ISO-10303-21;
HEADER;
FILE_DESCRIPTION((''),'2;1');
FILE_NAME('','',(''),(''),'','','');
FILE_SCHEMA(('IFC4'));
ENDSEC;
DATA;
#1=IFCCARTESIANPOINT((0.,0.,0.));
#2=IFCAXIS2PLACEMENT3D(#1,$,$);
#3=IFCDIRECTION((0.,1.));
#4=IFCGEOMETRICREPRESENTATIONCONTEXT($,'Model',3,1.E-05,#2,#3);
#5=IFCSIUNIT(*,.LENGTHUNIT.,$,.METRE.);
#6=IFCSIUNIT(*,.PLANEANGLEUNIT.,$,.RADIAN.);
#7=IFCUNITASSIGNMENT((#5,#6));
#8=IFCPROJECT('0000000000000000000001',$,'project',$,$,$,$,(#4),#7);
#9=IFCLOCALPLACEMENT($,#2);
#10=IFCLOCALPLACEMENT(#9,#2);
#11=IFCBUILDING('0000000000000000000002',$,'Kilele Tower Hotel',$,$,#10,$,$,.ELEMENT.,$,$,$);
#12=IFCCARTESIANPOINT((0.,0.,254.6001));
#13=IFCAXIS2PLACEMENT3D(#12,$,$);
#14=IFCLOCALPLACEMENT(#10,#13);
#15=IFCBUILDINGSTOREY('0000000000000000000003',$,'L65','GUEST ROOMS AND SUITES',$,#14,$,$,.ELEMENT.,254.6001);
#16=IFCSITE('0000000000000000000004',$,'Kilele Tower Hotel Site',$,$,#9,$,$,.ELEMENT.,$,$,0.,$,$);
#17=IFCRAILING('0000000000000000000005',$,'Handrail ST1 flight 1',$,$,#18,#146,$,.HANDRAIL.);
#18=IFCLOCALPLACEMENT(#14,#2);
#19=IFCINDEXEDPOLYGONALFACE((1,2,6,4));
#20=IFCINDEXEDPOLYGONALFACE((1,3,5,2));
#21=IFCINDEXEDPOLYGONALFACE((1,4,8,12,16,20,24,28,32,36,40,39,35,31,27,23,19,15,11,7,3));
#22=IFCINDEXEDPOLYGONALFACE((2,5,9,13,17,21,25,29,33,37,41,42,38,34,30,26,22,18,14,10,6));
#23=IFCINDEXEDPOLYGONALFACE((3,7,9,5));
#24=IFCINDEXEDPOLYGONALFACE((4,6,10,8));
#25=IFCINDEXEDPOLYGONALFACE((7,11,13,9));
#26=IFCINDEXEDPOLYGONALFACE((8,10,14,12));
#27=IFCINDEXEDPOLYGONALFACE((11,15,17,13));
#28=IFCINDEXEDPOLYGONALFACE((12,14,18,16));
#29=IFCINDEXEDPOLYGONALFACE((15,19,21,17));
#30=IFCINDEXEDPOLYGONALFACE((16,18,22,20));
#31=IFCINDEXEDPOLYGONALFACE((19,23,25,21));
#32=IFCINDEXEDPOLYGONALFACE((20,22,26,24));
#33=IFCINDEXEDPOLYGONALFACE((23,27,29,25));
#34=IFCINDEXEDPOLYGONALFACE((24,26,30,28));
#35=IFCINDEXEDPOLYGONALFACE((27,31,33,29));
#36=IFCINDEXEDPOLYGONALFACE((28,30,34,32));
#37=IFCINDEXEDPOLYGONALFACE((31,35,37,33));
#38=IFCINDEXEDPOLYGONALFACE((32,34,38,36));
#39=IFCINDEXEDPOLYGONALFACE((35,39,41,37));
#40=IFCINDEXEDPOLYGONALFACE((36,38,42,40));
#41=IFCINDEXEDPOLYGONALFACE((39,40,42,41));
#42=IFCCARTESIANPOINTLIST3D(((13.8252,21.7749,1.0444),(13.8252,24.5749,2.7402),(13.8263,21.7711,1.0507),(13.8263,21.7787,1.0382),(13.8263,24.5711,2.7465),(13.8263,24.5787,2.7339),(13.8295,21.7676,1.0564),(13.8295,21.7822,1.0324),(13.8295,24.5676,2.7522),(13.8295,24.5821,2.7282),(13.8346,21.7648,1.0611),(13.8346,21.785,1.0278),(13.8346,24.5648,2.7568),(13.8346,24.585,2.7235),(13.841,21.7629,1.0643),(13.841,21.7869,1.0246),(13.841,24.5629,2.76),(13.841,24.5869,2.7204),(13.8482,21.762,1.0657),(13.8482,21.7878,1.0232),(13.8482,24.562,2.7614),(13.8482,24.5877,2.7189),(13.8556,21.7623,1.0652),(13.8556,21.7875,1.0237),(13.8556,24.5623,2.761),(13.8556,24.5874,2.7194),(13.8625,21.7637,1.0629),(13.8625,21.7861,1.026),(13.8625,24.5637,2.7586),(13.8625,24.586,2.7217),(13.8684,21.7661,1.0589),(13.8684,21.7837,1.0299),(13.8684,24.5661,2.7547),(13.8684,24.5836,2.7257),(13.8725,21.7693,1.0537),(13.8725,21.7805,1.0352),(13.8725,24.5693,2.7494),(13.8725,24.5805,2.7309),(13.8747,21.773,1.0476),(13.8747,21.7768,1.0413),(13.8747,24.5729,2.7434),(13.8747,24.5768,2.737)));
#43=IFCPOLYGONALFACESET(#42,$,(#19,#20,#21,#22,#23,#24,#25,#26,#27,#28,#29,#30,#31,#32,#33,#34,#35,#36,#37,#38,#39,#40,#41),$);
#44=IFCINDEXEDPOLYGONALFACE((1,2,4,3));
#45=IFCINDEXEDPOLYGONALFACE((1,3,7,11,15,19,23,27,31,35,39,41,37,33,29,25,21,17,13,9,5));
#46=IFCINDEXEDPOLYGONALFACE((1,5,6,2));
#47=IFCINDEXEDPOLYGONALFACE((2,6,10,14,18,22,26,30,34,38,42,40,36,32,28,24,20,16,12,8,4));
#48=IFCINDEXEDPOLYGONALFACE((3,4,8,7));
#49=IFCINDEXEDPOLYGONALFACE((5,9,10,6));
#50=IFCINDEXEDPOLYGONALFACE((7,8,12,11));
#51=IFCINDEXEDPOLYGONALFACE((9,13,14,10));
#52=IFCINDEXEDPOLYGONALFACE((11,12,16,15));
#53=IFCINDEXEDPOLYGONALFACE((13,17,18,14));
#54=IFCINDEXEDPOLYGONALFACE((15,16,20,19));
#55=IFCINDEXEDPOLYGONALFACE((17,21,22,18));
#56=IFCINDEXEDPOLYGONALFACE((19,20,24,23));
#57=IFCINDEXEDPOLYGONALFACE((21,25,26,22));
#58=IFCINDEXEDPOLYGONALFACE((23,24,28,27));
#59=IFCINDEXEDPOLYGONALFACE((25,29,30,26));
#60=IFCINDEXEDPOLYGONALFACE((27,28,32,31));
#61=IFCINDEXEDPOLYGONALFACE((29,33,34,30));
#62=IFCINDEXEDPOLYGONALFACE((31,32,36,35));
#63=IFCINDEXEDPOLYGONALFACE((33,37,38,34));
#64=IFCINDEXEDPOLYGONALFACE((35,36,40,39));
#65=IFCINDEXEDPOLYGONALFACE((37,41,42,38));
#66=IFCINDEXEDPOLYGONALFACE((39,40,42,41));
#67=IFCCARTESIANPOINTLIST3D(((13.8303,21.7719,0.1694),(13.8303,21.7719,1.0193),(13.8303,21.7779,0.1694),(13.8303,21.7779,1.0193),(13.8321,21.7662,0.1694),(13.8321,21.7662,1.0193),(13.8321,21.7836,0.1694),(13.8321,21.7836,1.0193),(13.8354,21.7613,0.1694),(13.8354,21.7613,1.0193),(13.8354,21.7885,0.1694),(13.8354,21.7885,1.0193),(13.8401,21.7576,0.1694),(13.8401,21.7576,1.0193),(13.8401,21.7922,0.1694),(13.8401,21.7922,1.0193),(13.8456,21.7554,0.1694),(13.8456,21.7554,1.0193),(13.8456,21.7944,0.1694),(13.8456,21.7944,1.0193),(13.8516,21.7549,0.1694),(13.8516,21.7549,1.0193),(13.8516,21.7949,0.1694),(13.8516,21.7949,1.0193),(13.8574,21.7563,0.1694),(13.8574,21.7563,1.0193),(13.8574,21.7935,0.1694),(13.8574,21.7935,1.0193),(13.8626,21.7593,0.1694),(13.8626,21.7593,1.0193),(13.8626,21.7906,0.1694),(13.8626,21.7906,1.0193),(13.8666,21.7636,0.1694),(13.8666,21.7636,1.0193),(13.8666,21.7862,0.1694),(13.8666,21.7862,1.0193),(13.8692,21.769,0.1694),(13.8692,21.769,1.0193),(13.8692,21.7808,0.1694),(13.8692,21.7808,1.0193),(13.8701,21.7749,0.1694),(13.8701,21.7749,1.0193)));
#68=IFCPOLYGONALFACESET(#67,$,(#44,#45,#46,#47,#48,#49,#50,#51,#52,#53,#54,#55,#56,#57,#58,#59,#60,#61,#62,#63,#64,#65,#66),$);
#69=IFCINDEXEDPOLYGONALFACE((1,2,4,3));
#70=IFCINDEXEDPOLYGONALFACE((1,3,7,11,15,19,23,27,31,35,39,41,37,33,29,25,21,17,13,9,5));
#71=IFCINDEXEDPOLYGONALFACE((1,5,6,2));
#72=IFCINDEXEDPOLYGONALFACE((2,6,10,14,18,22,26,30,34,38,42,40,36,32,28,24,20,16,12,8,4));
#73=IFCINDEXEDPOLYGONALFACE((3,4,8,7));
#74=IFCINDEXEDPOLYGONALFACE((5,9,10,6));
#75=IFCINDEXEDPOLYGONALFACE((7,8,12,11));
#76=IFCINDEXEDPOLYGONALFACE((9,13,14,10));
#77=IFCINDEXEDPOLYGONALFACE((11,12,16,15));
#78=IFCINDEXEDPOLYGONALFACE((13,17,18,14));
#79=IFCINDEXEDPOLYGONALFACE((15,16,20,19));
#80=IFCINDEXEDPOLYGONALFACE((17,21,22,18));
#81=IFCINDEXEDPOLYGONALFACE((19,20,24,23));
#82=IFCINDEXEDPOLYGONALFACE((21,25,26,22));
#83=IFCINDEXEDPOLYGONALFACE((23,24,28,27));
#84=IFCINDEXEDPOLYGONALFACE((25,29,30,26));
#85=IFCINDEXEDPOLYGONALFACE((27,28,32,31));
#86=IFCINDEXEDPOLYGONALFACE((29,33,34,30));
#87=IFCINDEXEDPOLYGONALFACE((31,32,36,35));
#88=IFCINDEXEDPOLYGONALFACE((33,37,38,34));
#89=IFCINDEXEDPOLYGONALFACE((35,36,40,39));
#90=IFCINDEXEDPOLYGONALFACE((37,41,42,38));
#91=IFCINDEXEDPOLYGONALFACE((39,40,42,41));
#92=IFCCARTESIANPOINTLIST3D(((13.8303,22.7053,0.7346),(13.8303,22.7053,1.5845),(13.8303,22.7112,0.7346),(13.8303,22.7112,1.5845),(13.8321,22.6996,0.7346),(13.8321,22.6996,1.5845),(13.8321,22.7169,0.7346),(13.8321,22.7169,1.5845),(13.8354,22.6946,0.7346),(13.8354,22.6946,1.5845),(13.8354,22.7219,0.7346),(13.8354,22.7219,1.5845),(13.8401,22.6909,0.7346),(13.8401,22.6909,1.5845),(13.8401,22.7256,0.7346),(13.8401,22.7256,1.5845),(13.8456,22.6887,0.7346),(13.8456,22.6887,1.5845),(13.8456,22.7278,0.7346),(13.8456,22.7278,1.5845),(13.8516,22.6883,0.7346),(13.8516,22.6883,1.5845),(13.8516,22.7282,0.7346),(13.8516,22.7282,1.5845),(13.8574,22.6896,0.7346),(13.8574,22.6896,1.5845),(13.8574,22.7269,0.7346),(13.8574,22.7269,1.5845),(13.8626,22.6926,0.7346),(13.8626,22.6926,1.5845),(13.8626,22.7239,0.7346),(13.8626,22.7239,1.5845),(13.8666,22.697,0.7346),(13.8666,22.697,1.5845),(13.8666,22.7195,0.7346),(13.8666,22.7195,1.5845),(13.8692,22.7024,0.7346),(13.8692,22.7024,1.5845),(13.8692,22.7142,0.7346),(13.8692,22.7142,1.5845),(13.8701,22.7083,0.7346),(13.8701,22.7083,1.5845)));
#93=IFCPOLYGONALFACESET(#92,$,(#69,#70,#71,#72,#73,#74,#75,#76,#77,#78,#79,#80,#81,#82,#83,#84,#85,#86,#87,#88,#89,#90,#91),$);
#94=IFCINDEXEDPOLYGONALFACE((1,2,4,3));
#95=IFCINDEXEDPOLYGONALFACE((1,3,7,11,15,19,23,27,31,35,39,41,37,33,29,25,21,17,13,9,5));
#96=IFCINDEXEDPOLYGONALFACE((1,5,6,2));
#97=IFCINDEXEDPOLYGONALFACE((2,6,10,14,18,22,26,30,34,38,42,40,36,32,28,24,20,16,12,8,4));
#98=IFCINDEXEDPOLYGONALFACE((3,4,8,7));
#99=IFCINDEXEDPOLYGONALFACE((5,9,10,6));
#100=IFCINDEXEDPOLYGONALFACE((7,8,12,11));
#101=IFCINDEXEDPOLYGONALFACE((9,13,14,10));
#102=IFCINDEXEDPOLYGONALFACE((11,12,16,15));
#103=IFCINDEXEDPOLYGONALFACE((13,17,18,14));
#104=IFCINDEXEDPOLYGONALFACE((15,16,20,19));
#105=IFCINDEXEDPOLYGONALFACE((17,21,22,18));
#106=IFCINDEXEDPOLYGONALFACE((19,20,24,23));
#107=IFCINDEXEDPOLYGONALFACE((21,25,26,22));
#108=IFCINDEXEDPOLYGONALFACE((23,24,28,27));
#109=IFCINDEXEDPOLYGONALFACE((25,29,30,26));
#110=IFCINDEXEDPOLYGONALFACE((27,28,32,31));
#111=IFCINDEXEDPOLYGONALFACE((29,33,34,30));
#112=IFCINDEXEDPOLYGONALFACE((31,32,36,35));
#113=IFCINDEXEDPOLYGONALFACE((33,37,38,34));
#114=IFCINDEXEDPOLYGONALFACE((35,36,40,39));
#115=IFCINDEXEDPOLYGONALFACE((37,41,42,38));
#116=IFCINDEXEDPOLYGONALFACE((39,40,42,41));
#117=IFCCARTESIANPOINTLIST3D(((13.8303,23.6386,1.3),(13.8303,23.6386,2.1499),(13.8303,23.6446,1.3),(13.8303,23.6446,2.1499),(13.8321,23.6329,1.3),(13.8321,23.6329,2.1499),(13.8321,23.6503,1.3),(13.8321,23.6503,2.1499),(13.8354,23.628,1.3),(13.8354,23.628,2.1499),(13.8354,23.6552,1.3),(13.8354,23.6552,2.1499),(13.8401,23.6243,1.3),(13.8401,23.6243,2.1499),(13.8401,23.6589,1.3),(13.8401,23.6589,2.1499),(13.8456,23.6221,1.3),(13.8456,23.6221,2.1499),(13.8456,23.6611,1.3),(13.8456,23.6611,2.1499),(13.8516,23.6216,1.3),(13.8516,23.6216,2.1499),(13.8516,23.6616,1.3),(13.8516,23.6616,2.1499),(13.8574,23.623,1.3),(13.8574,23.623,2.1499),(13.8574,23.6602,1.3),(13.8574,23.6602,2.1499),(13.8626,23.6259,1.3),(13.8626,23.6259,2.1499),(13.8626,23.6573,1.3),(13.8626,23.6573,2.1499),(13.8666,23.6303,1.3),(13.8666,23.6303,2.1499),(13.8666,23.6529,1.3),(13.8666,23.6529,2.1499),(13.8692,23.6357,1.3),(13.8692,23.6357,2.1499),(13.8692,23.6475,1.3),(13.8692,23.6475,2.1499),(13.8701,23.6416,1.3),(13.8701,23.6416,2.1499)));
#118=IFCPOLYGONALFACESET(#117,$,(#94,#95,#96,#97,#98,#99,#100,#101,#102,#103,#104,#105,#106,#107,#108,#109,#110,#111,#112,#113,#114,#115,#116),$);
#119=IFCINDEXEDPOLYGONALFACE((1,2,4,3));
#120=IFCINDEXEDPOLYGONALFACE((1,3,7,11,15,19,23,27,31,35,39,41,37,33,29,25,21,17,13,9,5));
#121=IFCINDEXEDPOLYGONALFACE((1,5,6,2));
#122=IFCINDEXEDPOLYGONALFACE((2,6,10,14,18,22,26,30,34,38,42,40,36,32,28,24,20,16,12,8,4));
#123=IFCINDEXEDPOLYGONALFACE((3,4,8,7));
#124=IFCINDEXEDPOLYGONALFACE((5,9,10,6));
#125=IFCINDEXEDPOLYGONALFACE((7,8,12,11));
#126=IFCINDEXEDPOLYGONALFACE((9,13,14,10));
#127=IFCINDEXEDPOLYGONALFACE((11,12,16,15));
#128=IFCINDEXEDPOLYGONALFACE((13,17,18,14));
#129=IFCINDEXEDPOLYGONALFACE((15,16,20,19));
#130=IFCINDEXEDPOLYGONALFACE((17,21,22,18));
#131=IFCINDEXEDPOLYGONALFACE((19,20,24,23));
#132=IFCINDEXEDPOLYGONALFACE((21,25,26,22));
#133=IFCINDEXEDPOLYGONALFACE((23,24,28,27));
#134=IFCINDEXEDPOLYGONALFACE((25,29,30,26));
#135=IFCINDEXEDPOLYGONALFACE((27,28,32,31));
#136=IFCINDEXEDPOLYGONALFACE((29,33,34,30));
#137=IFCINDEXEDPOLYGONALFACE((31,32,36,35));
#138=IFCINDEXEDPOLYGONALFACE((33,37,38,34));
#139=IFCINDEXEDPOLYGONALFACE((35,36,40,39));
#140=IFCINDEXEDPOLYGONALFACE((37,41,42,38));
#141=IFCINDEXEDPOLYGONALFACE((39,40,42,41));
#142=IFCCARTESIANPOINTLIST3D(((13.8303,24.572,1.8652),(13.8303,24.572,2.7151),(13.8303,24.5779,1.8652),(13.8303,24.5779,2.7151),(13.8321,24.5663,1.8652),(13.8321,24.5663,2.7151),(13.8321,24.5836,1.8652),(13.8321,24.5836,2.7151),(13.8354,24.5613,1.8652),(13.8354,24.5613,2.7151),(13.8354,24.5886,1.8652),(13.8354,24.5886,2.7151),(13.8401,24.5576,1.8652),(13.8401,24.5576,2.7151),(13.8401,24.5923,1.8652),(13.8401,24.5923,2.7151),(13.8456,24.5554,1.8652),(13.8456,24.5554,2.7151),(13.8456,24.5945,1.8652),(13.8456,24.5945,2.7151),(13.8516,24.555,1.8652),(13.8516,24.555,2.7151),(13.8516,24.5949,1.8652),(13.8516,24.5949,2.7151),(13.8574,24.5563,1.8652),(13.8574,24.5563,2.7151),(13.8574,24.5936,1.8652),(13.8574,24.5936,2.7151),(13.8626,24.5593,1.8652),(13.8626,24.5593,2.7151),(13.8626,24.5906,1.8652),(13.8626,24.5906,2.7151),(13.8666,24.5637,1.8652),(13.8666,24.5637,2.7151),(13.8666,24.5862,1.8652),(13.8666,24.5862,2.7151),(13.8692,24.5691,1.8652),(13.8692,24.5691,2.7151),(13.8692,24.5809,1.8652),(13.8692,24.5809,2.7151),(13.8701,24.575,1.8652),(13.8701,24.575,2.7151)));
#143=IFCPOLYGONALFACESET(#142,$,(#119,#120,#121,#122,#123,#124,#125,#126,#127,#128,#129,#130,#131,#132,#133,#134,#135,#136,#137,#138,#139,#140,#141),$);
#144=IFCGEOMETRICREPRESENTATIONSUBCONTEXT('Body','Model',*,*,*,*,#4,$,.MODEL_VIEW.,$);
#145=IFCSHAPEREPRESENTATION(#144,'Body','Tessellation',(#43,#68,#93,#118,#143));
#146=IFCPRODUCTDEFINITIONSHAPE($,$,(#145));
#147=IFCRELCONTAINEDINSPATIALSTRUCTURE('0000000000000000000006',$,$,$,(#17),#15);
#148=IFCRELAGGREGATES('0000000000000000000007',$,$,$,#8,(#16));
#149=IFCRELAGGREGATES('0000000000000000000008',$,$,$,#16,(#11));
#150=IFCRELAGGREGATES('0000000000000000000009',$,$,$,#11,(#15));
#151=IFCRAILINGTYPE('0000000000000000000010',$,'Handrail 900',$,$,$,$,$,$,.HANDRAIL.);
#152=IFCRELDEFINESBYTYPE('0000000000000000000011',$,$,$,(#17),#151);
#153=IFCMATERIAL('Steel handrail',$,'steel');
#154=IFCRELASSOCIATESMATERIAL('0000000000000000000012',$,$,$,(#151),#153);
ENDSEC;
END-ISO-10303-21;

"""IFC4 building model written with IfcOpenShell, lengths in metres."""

from ifc_helpers import new_model, si_unit, direction, frame, origin, origin_2d, place, context, subcontext, project, spatial, circle, extrude, material, type_object, element, save


model = new_model("IFC4")

# Units and contexts
model_context = context("Model", 3, precision=1e-05, world=origin(), true_north=direction((0.0, 1.0)))
body_context = subcontext(model_context, "Body", "Model", "MODEL_VIEW")
ifc_project = project(units=[si_unit("LENGTHUNIT", "METRE"), si_unit("PLANEANGLEUNIT", "RADIAN")], contexts=[model_context])

# Site, building, storey
site_placement = place(None, origin())
site = spatial("IfcSite", under=ifc_project, at=site_placement, Name="Kilele Tower Hotel Site", CompositionType="ELEMENT", RefElevation=0.0)
building_placement = place(site_placement, origin())
building = spatial("IfcBuilding", under=site, at=building_placement, Name="Kilele Tower Hotel", CompositionType="ELEMENT")
storey_placement = place(building_placement, frame((0.0, 0.0, 254.6001)))
storey = spatial("IfcBuildingStorey", under=building, at=storey_placement, Name="L65", Description="GUEST ROOMS AND SUITES", CompositionType="ELEMENT", Elevation=254.6001)

# Railing
ifc_material_1 = material(Name="Steel handrail", Category="steel")
railing_type_1 = type_object("IfcRailingType", Name="Handrail 900", PredefinedType="HANDRAIL", material=ifc_material_1)
for number, where, name in (
    (1, (13.8501, 21.7749, 0.1694), "Handrail ST1 flight 1"),
):
    element("IfcRailing", number, at=place(storey_placement, frame(where)), inside=storey, type_object=railing_type_1, Name=name, PredefinedType="HANDRAIL", context=body_context, shape_type="SweptSolid", body=[
        extrude(circle(Radius=0.0249, at=origin_2d()), frame((0.0, 0.0, 0.875), z_axis=(0.0, 0.85536, 0.518034), x_axis=(-1.0, 0.0, 0.0)), (0.0, 0.0, 1.0), 3.2734),
        extrude(circle(Radius=0.02, at=origin_2d()), origin(), (0.0, 0.0, 1.0), 0.8499),
        extrude(circle(Radius=0.02, at=origin_2d()), frame((0.0, 0.9333, 0.5652)), (0.0, 0.0, 1.0), 0.8499),
        extrude(circle(Radius=0.02, at=origin_2d()), frame((0.0, 1.8667, 1.1306)), (0.0, 0.0, 1.0), 0.8499),
        extrude(circle(Radius=0.02, at=origin_2d()), frame((0.0, 2.8, 1.6958)), (0.0, 0.0, 1.0), 0.8499),
    ])

save(model, "model.ifc")
